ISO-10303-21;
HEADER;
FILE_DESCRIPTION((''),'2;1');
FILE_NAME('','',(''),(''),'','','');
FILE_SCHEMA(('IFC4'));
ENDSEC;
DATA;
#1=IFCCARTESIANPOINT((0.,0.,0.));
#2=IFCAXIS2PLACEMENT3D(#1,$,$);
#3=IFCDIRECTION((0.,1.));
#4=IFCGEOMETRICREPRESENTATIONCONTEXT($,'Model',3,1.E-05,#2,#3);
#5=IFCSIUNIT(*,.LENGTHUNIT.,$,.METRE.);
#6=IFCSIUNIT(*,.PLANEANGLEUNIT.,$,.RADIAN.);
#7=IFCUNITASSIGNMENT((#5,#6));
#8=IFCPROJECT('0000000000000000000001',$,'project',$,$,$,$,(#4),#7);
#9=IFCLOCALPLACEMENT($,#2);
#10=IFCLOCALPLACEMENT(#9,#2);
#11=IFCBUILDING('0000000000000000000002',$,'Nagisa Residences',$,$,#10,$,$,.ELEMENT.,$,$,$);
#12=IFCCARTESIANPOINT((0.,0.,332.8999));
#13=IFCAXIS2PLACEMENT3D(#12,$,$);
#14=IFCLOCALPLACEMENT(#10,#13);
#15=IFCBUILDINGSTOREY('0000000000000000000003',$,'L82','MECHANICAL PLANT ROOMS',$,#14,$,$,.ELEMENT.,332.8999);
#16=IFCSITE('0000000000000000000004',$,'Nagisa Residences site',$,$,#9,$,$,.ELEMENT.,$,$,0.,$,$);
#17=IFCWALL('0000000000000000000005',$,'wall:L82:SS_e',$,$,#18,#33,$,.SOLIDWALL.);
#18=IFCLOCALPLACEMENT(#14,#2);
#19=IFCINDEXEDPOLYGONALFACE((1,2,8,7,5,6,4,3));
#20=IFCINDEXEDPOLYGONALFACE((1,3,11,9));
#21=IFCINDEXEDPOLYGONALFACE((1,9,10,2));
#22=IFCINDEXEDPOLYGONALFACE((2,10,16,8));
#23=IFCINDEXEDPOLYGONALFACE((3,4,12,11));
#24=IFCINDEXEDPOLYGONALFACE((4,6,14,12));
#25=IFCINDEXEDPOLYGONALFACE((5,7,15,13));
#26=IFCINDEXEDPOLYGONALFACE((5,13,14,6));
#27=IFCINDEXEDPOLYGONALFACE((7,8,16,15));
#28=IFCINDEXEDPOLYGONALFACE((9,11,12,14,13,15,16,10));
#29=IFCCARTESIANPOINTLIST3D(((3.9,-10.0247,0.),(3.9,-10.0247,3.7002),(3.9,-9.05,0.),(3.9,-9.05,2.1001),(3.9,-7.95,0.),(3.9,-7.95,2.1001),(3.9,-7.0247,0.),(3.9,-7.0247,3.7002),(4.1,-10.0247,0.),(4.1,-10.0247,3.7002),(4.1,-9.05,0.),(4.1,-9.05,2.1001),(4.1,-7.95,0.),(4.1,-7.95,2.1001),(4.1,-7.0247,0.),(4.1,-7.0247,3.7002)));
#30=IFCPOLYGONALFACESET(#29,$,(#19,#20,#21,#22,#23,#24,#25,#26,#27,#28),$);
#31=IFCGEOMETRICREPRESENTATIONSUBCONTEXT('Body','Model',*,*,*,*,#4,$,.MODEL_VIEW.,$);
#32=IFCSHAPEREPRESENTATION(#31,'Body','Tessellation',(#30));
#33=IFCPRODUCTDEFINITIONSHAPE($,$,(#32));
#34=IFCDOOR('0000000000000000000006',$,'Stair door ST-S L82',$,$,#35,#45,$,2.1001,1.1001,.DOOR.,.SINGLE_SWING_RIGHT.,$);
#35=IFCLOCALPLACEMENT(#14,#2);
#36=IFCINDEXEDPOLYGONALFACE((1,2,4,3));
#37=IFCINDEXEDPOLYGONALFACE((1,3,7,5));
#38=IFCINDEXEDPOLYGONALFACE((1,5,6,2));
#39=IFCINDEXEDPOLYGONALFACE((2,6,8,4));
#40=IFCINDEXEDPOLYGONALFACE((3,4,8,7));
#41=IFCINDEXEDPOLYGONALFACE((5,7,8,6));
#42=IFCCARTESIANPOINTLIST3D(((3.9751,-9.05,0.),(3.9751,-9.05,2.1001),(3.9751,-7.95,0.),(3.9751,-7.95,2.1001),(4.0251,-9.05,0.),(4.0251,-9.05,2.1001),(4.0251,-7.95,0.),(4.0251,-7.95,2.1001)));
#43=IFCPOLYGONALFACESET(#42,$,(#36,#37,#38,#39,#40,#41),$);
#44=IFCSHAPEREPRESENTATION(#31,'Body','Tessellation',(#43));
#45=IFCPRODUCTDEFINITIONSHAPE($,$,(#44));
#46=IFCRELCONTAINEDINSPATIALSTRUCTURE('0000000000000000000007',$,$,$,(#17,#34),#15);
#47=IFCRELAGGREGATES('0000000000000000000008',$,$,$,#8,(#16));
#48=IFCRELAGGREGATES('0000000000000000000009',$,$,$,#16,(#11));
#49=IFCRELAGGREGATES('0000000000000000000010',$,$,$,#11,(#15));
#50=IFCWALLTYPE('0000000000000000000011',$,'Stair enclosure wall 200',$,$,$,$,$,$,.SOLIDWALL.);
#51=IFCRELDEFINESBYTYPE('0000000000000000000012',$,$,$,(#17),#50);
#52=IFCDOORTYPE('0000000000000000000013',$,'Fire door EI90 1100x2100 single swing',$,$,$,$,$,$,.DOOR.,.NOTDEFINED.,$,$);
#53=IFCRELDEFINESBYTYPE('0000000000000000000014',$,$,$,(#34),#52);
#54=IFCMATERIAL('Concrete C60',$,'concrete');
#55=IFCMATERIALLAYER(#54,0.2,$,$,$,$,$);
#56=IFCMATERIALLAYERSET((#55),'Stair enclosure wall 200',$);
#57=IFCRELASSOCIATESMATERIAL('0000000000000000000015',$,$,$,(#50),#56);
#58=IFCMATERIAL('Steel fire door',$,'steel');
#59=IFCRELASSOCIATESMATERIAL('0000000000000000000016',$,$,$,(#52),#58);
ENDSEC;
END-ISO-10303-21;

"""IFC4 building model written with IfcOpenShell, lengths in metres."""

from ifc_helpers import new_model, si_unit, direction, frame, frame_2d, origin, place, context, subcontext, project, spatial, rectangle, extrude, material, layer, layer_set, type_object, element, fill, save


model = new_model("IFC4")

# Units and contexts
model_context = context("Model", 3, precision=1e-05, world=origin(), true_north=direction((0.0, 1.0)))
body_context = subcontext(model_context, "Body", "Model", "MODEL_VIEW")
ifc_project = project(units=[si_unit("LENGTHUNIT", "METRE"), si_unit("PLANEANGLEUNIT", "RADIAN")], contexts=[model_context])

# Site, building, storey
site_placement = place(None, origin())
site = spatial("IfcSite", under=ifc_project, at=site_placement, Name="Nagisa Residences site", CompositionType="ELEMENT", RefElevation=0.0)
building_placement = place(site_placement, origin())
building = spatial("IfcBuilding", under=site, at=building_placement, Name="Nagisa Residences", CompositionType="ELEMENT")
storey_placement = place(building_placement, frame((0.0, 0.0, 332.8999)))
storey = spatial("IfcBuildingStorey", under=building, at=storey_placement, Name="L82", Description="MECHANICAL PLANT ROOMS", CompositionType="ELEMENT", Elevation=332.8999)

# Wall, opening, door
ifc_material_1 = material(Name="Concrete C60", Category="concrete")
ifc_layer_1 = layer(ifc_material_1, 0.2)
ifc_layer_set_1 = layer_set([ifc_layer_1], Name="Stair enclosure wall 200")
wall_type_1 = type_object("IfcWallType", Name="Stair enclosure wall 200", PredefinedType="SOLIDWALL", material=ifc_layer_set_1)
wall_1_placement = place(storey_placement, frame((4.0, -10.0247, 0.0), z_axis=(0.0, 0.0, 1.0), x_axis=(0.0, 1.0, 0.0)))
wall_1 = element("IfcWall", 1, at=wall_1_placement, inside=storey, type_object=wall_type_1, Name="wall:L82:SS_e", PredefinedType="SOLIDWALL", context=body_context, shape_type="SweptSolid", body=[
    extrude(rectangle(XDim=3.0, YDim=0.2, at=frame_2d((1.5, 0.0))), origin(), (0.0, 0.0, 1.0), 3.7002),
])
opening_1_placement = place(wall_1_placement, frame((0.9746, 0.0, 0.0)))
opening_1 = element("IfcOpeningElement", 2, at=opening_1_placement, cuts=wall_1, PredefinedType="OPENING", context=body_context, shape_type="SweptSolid", body=[
    extrude(rectangle(XDim=1.1001, YDim=2.1001, at=frame_2d((0.55, 1.05))), frame((0.0, 0.1099, 0.0), z_axis=(0.0, -1.0, 0.0), x_axis=(1.0, 0.0, 0.0)), (0.0, 0.0, 1.0), 0.22),
])
ifc_material_2 = material(Name="Steel fire door", Category="steel")
door_type_1 = type_object("IfcDoorType", Name="Fire door EI90 1100x2100 single swing", OperationType="NOTDEFINED", PredefinedType="DOOR", material=ifc_material_2)
door_1_placement = place(opening_1_placement, origin())
door_1 = element("IfcDoor", 3, at=door_1_placement, inside=storey, type_object=door_type_1, Name="Stair door ST-S L82", OperationType="SINGLE_SWING_RIGHT", OverallHeight=2.1001, OverallWidth=1.1001, PredefinedType="DOOR", context=body_context, shape_type="SweptSolid", body=[
    extrude(rectangle(XDim=1.1001, YDim=2.1001, at=frame_2d((0.55, 1.05))), frame((0.0, 0.0249, 0.0), z_axis=(0.0, -1.0, 0.0), x_axis=(1.0, 0.0, 0.0)), (0.0, 0.0, 1.0), 0.05),
])
fill(opening_1, door_1)

save(model, "model.ifc")
